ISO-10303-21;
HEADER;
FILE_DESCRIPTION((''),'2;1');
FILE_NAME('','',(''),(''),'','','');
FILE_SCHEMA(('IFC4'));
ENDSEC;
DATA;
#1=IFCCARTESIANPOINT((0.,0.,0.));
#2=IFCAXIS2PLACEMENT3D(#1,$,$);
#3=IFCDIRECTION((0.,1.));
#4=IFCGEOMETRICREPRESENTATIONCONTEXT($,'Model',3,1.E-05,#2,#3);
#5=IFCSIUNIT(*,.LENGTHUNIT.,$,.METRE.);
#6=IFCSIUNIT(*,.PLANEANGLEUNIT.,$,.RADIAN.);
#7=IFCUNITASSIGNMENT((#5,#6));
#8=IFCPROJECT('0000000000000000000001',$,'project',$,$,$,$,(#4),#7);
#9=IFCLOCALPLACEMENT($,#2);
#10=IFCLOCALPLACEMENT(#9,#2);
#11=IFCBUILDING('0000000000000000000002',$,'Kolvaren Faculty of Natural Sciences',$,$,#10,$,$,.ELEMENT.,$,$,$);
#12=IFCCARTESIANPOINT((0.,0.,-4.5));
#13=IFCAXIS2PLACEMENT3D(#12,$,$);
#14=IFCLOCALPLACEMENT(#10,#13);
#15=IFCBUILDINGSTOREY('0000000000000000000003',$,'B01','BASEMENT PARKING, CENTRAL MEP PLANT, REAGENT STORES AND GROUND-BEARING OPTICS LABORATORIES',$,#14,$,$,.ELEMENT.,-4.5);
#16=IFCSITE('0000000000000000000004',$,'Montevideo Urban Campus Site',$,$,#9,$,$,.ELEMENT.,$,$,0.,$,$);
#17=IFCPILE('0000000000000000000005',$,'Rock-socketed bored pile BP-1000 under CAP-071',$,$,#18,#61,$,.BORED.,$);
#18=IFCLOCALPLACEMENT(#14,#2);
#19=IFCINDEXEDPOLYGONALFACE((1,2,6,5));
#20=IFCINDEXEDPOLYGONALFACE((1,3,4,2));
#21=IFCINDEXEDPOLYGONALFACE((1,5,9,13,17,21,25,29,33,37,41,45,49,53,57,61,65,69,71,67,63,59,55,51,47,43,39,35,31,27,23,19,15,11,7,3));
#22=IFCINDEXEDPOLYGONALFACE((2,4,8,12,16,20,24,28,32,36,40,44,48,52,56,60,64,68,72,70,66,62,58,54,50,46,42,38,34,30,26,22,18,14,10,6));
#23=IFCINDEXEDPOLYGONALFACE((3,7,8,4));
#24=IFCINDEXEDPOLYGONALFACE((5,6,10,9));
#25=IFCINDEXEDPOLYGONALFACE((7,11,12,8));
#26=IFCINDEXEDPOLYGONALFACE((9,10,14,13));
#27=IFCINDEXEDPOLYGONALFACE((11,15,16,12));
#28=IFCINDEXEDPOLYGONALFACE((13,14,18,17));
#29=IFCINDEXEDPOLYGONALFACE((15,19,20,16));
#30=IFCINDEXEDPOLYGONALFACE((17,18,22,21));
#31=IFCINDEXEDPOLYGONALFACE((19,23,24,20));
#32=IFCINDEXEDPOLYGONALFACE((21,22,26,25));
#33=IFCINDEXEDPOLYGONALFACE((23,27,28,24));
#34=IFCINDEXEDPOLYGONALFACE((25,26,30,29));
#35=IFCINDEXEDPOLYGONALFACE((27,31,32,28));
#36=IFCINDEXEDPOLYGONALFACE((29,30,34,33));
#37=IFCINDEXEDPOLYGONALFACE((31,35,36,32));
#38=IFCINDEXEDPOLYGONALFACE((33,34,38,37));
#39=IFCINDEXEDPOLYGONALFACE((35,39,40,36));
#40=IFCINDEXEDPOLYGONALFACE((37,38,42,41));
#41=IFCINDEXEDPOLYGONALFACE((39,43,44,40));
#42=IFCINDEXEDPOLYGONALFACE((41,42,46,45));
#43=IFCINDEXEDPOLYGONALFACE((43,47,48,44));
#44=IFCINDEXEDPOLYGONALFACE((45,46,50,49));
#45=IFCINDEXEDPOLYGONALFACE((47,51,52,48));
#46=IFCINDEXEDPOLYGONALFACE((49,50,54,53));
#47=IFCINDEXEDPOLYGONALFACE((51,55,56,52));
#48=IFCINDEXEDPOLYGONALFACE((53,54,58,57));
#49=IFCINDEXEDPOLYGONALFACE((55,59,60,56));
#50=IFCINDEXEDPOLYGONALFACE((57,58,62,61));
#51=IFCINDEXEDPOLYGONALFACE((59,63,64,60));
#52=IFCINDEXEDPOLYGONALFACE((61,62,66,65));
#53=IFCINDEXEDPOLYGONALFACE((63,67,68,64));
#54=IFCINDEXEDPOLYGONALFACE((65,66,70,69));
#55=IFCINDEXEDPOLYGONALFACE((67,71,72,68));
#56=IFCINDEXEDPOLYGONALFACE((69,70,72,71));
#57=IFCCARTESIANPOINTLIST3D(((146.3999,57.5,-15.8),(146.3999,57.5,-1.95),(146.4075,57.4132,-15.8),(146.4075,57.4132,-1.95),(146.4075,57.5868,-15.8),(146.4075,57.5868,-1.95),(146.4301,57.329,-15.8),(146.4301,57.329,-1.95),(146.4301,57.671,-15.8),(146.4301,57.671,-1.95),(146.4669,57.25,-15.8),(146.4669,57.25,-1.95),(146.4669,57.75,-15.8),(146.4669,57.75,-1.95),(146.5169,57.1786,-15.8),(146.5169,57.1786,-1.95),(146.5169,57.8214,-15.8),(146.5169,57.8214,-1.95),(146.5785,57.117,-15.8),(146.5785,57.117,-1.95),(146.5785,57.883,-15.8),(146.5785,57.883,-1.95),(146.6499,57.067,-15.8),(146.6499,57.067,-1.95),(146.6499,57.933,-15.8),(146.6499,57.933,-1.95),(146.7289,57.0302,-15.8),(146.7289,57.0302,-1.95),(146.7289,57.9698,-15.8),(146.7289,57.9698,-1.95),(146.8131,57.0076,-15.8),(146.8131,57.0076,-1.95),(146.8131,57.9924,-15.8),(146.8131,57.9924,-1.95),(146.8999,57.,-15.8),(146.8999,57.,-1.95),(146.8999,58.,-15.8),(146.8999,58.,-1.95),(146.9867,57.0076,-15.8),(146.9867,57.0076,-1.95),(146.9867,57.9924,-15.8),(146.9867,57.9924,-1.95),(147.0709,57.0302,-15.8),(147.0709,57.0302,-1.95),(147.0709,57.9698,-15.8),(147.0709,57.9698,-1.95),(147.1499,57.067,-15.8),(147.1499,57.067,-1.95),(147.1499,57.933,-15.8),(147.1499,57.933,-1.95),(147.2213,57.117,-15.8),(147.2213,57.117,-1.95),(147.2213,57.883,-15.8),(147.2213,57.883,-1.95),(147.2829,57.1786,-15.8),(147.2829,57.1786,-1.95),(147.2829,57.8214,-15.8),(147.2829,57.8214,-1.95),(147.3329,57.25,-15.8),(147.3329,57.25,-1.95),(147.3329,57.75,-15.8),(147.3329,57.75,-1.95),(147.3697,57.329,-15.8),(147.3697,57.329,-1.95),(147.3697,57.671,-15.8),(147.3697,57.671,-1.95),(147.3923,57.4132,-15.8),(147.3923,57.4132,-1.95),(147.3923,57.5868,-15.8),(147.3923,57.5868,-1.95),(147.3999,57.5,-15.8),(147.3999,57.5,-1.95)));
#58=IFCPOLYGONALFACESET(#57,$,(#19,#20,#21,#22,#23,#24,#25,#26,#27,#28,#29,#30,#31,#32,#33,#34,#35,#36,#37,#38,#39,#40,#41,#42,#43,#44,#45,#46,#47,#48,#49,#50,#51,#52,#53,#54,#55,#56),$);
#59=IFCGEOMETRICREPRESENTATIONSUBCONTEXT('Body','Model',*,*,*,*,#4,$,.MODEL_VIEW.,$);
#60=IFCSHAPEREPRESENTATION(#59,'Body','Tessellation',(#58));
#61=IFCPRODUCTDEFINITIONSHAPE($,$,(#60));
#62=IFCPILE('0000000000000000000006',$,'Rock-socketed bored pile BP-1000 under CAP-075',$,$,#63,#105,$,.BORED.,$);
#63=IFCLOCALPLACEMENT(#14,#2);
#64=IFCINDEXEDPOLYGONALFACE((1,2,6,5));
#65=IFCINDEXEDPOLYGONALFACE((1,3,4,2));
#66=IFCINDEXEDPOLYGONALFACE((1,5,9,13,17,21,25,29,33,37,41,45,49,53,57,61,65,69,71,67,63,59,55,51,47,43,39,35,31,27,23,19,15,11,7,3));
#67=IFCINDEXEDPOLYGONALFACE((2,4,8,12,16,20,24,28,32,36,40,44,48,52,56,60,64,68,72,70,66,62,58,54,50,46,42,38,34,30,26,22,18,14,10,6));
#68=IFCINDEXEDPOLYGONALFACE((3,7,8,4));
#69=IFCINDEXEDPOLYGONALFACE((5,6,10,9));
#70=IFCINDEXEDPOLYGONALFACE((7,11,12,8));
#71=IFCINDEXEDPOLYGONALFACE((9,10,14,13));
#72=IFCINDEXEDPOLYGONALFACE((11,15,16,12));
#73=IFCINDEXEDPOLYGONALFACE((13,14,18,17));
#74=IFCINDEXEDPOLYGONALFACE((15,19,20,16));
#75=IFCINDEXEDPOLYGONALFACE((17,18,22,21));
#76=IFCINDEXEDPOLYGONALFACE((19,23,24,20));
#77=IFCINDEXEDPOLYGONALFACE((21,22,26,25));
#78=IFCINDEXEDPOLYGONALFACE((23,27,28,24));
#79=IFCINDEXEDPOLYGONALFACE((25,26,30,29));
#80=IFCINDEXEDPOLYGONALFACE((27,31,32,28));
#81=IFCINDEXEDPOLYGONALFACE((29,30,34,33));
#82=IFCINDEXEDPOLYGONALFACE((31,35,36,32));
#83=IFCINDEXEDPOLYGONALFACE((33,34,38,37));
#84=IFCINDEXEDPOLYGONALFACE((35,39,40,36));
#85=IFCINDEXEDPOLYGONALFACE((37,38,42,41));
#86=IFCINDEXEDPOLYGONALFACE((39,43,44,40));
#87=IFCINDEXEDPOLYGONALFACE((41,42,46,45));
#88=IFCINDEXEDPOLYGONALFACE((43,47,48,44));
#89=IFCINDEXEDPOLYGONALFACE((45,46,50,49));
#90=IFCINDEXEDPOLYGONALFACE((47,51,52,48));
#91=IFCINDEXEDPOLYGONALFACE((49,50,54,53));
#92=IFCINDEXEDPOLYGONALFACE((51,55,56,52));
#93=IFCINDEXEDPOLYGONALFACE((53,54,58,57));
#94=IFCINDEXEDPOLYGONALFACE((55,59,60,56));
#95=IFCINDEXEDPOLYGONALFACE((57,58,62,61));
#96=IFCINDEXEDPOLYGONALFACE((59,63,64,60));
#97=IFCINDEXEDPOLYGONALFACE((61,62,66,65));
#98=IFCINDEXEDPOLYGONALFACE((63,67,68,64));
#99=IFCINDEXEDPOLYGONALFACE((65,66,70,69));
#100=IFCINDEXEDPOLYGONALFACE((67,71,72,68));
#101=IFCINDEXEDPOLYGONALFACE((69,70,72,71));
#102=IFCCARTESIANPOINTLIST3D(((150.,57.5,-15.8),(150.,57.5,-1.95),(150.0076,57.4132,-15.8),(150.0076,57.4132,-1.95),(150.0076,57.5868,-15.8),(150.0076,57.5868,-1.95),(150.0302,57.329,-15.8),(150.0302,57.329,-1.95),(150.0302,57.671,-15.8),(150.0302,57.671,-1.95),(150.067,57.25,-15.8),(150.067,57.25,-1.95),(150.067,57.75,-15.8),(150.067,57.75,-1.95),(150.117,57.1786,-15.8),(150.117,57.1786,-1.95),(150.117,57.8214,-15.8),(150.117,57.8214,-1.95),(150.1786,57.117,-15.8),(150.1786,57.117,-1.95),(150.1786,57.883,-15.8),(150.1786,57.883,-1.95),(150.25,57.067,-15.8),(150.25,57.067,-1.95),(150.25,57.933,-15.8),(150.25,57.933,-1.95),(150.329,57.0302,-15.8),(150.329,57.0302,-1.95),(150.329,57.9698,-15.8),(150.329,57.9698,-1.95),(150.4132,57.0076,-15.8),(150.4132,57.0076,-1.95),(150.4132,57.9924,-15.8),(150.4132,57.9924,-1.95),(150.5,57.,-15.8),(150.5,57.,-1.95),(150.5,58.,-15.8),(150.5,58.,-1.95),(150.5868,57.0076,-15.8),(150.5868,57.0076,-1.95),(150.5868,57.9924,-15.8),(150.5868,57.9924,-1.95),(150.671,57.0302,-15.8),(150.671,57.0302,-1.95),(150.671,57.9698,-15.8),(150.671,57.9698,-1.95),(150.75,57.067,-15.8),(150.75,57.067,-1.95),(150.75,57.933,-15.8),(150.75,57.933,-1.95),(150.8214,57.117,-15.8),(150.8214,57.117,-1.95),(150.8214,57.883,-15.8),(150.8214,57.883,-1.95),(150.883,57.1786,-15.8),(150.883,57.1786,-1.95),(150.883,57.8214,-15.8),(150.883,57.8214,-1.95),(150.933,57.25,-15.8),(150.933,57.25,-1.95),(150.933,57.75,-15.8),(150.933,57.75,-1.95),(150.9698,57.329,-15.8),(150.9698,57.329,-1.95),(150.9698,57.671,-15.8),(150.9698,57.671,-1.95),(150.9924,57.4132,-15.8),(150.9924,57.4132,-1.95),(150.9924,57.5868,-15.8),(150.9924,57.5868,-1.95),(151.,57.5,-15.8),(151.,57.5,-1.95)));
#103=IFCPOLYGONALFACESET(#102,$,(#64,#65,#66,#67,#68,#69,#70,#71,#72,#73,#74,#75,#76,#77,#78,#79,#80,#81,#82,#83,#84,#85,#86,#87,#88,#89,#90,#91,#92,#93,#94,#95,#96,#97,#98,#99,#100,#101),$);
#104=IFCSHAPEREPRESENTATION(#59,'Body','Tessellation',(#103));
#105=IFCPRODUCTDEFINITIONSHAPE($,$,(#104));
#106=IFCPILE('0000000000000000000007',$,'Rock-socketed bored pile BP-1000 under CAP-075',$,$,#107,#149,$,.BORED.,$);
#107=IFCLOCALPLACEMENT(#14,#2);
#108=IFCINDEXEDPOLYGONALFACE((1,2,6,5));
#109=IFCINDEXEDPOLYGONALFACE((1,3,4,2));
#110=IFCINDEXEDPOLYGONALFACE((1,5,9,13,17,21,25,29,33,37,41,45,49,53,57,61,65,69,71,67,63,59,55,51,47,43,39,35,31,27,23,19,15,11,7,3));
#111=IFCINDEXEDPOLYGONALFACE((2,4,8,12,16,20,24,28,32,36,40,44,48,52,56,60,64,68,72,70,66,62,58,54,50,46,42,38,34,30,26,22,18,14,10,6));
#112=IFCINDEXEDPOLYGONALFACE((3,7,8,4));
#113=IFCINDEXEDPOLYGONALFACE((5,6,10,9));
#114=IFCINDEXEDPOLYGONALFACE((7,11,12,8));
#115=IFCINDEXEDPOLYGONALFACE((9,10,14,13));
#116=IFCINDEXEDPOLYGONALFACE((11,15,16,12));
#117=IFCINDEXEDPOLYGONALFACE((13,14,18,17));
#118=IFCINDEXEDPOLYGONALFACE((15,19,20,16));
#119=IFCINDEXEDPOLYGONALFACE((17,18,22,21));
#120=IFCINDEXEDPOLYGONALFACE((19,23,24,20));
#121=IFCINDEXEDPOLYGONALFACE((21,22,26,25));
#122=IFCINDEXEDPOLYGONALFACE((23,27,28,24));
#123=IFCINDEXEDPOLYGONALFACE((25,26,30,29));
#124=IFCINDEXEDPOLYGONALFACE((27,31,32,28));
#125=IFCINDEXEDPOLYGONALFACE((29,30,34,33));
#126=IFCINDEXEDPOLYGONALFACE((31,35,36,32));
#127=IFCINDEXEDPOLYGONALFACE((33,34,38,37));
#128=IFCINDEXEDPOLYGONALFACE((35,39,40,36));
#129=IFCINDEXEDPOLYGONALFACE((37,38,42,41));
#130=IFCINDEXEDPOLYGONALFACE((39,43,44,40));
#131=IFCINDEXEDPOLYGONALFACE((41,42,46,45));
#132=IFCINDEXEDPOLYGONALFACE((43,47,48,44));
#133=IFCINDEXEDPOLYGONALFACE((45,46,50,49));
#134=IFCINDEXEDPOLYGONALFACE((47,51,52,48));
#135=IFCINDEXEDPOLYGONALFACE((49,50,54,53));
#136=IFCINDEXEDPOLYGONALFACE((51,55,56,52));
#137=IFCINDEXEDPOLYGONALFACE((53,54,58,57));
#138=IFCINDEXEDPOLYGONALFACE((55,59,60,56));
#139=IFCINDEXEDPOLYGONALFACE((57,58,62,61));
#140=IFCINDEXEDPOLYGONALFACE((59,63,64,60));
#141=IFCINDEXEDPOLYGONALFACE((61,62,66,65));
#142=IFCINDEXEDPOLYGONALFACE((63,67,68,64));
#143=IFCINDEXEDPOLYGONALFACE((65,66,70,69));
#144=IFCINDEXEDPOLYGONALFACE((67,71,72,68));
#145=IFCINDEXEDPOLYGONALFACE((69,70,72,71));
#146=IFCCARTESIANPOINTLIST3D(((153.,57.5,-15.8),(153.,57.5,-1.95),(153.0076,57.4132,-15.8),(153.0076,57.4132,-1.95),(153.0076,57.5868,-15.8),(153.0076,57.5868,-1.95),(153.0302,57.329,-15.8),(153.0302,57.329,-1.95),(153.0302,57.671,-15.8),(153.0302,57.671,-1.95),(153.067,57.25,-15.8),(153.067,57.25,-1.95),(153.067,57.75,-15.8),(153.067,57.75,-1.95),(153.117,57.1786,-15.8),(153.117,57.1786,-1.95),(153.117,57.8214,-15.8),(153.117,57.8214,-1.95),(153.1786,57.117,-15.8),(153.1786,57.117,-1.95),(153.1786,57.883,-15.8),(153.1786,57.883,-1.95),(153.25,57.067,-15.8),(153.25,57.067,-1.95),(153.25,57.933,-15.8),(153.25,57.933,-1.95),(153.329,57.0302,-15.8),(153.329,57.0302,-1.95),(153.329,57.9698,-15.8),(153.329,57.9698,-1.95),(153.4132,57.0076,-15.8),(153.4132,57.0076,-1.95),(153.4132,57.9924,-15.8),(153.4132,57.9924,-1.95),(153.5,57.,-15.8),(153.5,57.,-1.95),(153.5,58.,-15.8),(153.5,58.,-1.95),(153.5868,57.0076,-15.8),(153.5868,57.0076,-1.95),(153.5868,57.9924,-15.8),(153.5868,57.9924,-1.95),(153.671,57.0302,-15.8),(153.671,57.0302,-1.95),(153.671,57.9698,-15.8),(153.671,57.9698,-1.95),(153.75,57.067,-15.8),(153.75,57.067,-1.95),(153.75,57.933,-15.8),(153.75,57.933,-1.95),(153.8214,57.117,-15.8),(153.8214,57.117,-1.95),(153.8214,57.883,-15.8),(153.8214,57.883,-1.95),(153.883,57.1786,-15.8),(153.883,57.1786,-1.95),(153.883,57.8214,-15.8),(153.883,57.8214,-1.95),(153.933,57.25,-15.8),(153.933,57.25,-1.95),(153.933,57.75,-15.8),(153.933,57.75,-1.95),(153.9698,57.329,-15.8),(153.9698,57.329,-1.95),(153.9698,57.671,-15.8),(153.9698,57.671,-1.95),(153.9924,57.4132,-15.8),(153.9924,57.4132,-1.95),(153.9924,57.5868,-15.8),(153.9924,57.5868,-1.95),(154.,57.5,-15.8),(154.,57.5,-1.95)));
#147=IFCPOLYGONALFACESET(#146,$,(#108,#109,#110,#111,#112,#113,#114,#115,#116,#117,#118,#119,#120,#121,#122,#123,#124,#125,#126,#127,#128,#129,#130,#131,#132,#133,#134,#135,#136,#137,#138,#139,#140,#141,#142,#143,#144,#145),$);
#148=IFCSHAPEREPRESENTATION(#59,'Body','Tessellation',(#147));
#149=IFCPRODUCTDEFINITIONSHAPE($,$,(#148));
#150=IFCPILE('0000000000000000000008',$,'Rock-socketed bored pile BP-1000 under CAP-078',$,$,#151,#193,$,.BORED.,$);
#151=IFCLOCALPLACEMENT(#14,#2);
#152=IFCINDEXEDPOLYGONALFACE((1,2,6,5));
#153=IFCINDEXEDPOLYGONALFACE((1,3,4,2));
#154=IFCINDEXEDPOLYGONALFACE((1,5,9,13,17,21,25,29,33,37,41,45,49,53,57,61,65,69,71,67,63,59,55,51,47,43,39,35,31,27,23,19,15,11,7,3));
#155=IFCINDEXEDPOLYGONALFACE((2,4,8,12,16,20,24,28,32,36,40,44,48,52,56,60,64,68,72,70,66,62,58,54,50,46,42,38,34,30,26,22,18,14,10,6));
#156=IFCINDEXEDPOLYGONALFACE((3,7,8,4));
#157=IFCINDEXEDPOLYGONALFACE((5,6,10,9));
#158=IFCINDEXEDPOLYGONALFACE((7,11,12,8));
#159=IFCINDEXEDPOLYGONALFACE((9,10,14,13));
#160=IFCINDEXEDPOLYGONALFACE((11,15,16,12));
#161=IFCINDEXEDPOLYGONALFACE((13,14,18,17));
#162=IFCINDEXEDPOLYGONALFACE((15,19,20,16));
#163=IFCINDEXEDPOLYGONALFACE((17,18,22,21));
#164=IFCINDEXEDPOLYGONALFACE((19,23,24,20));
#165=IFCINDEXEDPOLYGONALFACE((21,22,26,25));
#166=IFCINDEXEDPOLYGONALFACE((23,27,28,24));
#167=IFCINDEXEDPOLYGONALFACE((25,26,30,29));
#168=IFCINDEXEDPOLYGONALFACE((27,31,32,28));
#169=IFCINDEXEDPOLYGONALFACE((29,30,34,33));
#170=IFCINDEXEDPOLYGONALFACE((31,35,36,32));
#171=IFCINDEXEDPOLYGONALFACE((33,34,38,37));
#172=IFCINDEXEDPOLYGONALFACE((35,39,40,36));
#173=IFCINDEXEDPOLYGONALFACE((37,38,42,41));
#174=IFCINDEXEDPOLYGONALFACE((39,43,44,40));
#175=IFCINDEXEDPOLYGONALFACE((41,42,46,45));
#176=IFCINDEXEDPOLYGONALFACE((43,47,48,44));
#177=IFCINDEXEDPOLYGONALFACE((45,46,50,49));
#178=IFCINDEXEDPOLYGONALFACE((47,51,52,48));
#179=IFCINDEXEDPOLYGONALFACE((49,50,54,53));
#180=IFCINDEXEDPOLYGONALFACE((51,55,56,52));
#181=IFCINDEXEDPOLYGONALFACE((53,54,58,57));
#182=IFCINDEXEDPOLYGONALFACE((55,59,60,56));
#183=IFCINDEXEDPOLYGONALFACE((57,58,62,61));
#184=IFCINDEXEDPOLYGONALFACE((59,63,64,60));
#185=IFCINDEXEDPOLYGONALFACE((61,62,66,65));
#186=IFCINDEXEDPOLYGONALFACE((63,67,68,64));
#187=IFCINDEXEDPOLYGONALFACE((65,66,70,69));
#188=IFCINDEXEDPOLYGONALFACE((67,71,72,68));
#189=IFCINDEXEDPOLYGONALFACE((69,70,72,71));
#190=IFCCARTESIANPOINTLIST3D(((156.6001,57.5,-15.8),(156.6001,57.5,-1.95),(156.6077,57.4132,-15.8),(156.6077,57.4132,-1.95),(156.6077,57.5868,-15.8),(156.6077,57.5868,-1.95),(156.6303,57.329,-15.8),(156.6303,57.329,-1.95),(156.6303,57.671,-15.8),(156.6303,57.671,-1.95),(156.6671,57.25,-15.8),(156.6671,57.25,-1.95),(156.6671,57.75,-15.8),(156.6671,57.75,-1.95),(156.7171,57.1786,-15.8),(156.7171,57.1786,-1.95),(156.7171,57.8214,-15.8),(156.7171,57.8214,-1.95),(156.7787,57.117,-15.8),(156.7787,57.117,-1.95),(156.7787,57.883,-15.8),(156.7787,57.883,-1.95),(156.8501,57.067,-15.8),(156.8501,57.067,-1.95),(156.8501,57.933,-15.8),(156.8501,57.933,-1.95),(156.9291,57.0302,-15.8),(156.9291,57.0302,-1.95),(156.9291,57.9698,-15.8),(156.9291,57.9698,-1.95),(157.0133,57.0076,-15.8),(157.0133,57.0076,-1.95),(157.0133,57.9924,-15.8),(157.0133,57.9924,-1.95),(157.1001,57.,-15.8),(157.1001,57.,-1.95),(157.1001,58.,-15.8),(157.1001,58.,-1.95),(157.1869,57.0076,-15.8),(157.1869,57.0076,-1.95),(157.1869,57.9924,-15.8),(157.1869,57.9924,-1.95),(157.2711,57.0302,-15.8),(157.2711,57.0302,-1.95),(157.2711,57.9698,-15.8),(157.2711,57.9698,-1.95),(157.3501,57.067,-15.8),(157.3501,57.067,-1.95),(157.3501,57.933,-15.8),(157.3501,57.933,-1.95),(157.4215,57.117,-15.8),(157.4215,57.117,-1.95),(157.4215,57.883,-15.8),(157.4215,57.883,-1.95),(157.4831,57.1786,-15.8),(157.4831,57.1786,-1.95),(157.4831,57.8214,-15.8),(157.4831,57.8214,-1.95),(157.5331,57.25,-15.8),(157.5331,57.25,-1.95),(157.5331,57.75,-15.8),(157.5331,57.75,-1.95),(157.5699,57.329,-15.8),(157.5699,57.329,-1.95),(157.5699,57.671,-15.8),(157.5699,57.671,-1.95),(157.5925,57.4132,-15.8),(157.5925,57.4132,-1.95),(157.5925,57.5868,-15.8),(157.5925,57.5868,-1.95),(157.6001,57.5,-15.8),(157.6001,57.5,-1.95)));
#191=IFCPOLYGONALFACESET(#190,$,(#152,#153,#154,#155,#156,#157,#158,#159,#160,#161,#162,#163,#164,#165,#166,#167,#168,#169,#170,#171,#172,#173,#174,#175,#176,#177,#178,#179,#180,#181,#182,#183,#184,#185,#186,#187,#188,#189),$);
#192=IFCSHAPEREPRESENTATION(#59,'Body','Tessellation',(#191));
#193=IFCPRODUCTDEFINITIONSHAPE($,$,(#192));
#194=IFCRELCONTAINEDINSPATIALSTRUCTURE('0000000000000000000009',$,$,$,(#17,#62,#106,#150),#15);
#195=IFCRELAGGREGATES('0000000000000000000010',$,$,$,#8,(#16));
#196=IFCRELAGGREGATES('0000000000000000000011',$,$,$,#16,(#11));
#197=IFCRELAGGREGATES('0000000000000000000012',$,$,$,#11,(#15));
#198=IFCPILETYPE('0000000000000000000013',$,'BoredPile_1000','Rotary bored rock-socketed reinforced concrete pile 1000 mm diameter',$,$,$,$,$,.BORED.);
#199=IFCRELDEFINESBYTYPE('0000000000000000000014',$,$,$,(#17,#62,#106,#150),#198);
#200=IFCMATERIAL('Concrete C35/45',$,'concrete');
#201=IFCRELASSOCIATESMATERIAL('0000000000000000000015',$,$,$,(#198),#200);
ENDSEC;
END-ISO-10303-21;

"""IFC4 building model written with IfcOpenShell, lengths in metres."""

from ifc_helpers import new_model, si_unit, direction, frame, origin, origin_2d, place, context, subcontext, project, spatial, circle, extrude, material, material_profile, profile_set, type_object, element, save


model = new_model("IFC4")

# Units and contexts
model_context = context("Model", 3, precision=1e-05, world=origin(), true_north=direction((0.0, 1.0)))
body_context = subcontext(model_context, "Body", "Model", "MODEL_VIEW")
ifc_project = project(units=[si_unit("LENGTHUNIT", "METRE"), si_unit("PLANEANGLEUNIT", "RADIAN")], contexts=[model_context])

# Site, building, storey
site_placement = place(None, origin())
site = spatial("IfcSite", under=ifc_project, at=site_placement, Name="Montevideo Urban Campus Site", CompositionType="ELEMENT", RefElevation=0.0)
building_placement = place(site_placement, origin())
building = spatial("IfcBuilding", under=site, at=building_placement, Name="Kolvaren Faculty of Natural Sciences", CompositionType="ELEMENT")
storey_placement = place(building_placement, frame((0.0, 0.0, -4.5)))
storey = spatial("IfcBuildingStorey", under=building, at=storey_placement, Name="B01", Description="BASEMENT PARKING, CENTRAL MEP PLANT, REAGENT STORES AND GROUND-BEARING OPTICS LABORATORIES", CompositionType="ELEMENT", Elevation=-4.5)

# Piles
ifc_material_1 = material(Name="Concrete C35/45", Category="concrete")
ifc_material_profile_1 = material_profile(ifc_material_1, circle(Radius=0.5, at=origin_2d()), Name="PILE D1000")
ifc_profile_set_1 = profile_set([ifc_material_profile_1], Name="Concrete C35/45")
pile_type_1 = type_object("IfcPileType", Name="BoredPile_1000", Description="Rotary bored rock-socketed reinforced concrete pile 1000 mm diameter", PredefinedType="BORED", material=ifc_profile_set_1)
for number, where, z_axis, x_axis, name in (
    (1, (146.8999, 57.5, -1.95), (0.0, 0.0, -1.0), (1.0, 0.0, 0.0), "Rock-socketed bored pile BP-1000 under CAP-071"),
    (2, (150.5, 57.5, -1.95), (0.0, 0.0, -1.0), (1.0, 0.0, 0.0), "Rock-socketed bored pile BP-1000 under CAP-075"),
    (3, (153.5, 57.5, -1.95), (0.0, 0.0, -1.0), (1.0, 0.0, 0.0), "Rock-socketed bored pile BP-1000 under CAP-075"),
    (4, (157.1001, 57.5, -1.95), (0.0, 0.0, -1.0), (1.0, 0.0, 0.0), "Rock-socketed bored pile BP-1000 under CAP-078"),
):
    element("IfcPile", number, at=place(storey_placement, frame(where, z_axis=z_axis, x_axis=x_axis)), inside=storey, type_object=pile_type_1, Name=name, PredefinedType="BORED", context=body_context, shape_type="SweptSolid", body=[
        extrude(circle(Radius=0.5, at=origin_2d()), origin(), (0.0, 0.0, 1.0), 13.8501),
    ])

save(model, "model.ifc")
